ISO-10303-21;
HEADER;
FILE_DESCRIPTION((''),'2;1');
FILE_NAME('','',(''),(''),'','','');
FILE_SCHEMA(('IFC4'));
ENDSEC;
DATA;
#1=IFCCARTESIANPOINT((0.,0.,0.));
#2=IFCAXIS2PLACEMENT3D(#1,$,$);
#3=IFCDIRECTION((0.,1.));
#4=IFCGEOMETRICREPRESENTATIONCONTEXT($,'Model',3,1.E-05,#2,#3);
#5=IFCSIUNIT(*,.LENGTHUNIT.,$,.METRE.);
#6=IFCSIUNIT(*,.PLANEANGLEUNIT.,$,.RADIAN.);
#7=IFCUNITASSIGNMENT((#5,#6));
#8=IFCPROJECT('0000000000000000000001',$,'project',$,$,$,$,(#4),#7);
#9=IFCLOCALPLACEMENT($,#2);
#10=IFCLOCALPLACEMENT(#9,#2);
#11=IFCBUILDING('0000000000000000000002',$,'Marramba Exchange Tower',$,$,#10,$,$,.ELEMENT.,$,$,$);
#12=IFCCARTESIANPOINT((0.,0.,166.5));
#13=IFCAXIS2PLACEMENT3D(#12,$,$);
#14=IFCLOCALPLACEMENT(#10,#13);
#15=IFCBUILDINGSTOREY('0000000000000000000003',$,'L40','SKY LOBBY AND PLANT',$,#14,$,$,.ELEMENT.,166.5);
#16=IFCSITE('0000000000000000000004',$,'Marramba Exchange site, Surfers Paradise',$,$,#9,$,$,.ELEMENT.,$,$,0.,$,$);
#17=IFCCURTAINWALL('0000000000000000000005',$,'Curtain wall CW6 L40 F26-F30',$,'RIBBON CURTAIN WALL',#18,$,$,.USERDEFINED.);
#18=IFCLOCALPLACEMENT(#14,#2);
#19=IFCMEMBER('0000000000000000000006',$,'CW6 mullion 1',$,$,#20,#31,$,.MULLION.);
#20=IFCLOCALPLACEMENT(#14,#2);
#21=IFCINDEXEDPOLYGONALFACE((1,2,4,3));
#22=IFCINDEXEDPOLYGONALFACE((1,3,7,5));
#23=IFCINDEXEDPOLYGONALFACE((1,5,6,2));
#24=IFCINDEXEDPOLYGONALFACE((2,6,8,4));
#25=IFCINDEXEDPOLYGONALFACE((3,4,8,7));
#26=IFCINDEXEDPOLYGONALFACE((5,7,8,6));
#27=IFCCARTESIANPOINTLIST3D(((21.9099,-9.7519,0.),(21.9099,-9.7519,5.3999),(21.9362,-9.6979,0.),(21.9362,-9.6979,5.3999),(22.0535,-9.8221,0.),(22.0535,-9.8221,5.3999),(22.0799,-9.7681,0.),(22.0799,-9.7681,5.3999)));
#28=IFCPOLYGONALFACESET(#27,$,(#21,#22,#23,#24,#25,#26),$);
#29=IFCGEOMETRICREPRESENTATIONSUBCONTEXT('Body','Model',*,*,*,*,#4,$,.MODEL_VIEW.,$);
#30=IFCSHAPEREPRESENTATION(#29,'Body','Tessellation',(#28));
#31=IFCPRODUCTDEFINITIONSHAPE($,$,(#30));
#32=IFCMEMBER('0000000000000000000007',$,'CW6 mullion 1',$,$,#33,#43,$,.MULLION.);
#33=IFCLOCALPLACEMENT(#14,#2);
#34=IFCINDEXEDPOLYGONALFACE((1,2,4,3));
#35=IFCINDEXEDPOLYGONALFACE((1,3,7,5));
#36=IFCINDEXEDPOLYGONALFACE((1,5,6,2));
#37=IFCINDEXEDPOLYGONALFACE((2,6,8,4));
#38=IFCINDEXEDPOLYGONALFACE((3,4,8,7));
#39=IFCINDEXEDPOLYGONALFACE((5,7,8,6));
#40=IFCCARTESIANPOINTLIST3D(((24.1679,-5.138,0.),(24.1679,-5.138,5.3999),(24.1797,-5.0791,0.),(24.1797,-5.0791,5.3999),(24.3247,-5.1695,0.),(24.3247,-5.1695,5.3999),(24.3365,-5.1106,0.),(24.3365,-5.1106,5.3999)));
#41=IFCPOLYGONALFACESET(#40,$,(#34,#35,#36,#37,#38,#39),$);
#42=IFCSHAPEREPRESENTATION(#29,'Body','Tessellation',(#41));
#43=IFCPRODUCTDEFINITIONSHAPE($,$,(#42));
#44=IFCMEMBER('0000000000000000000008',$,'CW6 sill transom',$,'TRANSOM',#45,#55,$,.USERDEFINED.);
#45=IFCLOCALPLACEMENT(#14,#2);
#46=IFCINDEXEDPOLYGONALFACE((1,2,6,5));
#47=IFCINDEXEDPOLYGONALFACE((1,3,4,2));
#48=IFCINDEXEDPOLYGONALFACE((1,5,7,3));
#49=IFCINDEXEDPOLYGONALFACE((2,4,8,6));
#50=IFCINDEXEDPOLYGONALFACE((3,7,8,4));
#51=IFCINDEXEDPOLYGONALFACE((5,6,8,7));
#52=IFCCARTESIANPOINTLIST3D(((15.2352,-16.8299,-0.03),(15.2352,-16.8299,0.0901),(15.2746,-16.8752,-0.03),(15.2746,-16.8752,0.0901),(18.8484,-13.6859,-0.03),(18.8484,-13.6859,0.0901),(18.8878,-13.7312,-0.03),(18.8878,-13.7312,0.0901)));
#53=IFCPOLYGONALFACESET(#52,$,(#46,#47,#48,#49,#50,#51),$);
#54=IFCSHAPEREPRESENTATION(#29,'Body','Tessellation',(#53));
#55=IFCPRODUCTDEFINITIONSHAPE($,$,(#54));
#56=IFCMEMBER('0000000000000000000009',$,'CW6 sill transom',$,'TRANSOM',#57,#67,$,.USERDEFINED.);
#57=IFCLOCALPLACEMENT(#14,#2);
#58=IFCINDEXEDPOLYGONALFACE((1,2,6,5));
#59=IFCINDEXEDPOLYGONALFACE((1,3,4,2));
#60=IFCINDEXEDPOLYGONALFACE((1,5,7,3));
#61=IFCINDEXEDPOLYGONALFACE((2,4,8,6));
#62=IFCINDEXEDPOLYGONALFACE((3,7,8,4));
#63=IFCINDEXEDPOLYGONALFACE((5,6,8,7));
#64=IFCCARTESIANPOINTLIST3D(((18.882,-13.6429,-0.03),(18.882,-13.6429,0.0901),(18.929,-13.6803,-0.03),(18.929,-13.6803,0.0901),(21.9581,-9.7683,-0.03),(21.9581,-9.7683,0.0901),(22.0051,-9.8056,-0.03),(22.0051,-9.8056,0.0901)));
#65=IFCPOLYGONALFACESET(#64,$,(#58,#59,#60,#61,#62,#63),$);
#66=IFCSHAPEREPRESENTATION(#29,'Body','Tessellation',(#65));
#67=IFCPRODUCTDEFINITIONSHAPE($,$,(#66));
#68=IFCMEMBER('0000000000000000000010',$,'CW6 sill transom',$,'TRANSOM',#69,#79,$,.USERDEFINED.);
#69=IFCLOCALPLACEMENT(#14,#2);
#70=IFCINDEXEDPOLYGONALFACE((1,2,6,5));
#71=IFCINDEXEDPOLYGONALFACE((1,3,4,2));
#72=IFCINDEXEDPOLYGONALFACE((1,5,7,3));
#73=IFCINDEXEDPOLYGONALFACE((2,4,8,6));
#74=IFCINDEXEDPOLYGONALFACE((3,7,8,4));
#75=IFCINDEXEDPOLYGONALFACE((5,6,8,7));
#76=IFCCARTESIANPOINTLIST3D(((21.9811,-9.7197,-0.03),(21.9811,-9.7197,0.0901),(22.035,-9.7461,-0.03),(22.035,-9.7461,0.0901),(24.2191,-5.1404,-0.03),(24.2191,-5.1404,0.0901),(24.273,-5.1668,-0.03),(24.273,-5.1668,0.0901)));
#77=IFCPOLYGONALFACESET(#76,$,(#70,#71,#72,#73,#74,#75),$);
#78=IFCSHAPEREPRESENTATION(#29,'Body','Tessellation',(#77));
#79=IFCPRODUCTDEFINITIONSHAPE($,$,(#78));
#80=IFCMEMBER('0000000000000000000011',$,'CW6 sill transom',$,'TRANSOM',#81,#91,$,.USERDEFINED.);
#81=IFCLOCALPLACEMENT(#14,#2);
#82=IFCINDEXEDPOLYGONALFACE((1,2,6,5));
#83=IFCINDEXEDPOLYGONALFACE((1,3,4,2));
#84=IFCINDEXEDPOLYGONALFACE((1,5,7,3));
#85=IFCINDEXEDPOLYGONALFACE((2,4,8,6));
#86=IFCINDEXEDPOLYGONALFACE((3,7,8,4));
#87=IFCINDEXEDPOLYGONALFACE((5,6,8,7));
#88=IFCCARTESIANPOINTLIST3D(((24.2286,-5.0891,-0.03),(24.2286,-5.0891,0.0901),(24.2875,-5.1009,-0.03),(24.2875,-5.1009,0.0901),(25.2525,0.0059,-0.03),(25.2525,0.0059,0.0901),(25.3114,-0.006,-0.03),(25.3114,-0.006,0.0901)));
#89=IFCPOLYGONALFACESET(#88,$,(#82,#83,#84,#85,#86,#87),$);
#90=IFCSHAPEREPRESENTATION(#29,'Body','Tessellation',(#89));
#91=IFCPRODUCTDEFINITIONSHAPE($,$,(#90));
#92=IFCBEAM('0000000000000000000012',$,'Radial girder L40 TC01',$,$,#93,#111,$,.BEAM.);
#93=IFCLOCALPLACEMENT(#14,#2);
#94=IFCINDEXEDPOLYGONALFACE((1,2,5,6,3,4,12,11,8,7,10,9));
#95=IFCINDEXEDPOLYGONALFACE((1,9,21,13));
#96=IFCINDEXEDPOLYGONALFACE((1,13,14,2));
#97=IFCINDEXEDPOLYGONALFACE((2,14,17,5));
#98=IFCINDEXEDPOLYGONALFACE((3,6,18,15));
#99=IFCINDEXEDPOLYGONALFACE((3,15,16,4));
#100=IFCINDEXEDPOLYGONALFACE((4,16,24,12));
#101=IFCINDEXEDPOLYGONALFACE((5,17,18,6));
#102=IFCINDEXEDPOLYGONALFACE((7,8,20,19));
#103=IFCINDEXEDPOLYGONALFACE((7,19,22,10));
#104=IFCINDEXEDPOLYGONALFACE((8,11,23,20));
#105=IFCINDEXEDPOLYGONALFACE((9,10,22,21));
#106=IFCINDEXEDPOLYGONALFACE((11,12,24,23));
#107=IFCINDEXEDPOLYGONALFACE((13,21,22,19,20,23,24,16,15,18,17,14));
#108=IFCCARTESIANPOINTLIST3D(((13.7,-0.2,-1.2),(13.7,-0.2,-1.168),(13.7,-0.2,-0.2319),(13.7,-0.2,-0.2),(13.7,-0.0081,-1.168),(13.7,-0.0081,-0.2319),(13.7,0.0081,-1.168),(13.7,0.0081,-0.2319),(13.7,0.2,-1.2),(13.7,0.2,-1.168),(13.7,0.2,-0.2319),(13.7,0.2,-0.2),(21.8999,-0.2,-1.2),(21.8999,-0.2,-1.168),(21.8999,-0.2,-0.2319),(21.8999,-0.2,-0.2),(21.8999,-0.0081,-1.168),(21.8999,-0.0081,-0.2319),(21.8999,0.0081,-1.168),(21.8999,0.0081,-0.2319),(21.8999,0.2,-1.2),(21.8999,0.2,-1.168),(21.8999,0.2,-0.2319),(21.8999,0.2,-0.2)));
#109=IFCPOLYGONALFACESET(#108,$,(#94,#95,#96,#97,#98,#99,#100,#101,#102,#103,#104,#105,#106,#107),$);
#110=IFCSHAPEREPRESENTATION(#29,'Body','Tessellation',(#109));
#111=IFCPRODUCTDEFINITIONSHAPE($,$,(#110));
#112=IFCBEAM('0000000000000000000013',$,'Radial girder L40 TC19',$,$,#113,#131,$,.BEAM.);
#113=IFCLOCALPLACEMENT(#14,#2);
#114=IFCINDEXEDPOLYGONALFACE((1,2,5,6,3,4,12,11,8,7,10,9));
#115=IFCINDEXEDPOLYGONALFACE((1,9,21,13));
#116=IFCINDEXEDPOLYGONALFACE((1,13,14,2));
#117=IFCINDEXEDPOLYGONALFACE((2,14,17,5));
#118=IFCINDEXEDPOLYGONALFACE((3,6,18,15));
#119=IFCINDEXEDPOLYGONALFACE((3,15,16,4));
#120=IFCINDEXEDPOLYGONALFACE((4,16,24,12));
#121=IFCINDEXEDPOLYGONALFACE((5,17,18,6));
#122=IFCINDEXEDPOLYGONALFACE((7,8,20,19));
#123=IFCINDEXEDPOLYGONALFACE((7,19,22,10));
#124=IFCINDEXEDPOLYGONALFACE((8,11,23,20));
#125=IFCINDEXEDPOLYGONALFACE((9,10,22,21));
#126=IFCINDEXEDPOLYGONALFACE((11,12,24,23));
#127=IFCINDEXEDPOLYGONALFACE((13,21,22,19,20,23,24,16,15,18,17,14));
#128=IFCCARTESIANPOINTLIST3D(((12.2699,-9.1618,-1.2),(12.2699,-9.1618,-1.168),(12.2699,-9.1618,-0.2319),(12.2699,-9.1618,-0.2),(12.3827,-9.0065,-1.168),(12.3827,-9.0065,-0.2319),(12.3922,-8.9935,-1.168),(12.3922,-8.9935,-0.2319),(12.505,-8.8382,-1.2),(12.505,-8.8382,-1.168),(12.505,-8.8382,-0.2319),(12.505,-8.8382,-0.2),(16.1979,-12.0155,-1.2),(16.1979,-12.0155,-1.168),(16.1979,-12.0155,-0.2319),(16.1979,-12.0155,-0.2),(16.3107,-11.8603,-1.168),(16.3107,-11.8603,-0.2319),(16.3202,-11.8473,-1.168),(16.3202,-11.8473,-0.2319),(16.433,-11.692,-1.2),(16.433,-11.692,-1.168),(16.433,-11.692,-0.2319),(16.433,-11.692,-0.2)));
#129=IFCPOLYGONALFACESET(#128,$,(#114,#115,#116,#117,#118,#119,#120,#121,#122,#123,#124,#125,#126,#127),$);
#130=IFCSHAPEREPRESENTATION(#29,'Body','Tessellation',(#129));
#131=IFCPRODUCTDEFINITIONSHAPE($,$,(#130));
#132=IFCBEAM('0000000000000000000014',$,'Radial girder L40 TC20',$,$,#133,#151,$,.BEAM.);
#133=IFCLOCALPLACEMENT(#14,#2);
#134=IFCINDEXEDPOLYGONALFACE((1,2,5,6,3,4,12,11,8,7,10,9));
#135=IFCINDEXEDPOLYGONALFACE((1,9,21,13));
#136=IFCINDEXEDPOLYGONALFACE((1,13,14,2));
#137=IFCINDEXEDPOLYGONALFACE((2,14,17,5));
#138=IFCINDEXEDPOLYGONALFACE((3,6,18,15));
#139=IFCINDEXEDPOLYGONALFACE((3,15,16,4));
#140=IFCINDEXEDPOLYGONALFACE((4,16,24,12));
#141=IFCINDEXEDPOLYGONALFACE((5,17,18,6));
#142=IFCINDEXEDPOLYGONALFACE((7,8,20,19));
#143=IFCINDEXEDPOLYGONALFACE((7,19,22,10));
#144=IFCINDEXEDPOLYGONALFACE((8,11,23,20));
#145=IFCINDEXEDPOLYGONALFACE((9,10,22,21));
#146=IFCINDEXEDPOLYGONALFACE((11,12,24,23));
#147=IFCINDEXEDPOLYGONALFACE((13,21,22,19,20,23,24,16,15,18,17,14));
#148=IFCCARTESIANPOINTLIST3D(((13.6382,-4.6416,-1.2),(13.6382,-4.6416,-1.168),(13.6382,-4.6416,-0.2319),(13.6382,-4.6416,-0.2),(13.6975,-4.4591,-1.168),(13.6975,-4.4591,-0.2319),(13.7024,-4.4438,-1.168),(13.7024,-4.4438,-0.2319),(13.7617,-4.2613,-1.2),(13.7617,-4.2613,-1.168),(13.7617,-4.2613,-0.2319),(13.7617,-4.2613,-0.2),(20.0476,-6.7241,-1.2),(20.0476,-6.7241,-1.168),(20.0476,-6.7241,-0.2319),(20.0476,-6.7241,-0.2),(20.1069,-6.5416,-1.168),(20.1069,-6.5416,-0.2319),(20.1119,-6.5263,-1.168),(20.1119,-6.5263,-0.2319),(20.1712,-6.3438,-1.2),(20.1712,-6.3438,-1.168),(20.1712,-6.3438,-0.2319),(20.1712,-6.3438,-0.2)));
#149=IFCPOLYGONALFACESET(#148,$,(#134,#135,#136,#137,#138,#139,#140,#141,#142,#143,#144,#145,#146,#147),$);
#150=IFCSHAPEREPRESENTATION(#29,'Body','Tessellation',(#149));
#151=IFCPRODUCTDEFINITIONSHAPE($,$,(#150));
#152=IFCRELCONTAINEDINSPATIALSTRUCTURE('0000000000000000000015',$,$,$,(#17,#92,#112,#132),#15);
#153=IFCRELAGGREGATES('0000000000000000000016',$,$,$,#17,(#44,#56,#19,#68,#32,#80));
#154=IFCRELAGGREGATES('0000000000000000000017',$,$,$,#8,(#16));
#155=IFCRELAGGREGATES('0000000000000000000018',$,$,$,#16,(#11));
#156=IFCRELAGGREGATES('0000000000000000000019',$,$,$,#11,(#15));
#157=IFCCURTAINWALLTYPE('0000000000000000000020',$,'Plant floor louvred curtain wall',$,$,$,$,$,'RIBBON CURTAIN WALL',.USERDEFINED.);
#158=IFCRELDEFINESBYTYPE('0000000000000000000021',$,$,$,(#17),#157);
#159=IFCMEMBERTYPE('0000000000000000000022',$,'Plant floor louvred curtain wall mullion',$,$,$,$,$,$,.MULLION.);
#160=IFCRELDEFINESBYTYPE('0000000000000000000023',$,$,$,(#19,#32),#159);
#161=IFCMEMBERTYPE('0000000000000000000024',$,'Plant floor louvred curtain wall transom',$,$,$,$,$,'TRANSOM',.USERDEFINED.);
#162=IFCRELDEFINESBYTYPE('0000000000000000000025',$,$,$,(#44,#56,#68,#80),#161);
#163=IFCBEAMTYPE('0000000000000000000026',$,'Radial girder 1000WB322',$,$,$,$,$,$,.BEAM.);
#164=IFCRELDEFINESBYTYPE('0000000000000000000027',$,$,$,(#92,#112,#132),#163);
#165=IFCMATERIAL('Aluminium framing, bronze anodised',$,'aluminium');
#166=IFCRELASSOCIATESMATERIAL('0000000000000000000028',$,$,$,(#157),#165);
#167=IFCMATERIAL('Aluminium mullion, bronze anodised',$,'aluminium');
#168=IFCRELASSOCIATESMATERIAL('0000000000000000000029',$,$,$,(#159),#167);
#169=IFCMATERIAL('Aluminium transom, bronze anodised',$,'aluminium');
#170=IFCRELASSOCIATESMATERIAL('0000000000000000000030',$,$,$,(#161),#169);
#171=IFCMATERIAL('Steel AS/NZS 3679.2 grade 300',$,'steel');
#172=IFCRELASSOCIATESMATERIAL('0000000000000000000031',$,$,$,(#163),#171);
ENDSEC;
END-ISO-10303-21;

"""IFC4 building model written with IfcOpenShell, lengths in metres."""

from ifc_helpers import new_model, si_unit, direction, frame, origin, origin_2d, place, context, subcontext, project, spatial, rectangle, i_section, extrude, material, material_profile, profile_set, type_object, element, aggregate, save


model = new_model("IFC4")

# Units and contexts
model_context = context("Model", 3, precision=1e-05, world=origin(), true_north=direction((0.0, 1.0)))
body_context = subcontext(model_context, "Body", "Model", "MODEL_VIEW")
ifc_project = project(units=[si_unit("LENGTHUNIT", "METRE"), si_unit("PLANEANGLEUNIT", "RADIAN")], contexts=[model_context])

# Site, building, storey
site_placement = place(None, origin())
site = spatial("IfcSite", under=ifc_project, at=site_placement, Name="Marramba Exchange site, Surfers Paradise", CompositionType="ELEMENT", RefElevation=0.0)
building_placement = place(site_placement, origin())
building = spatial("IfcBuilding", under=site, at=building_placement, Name="Marramba Exchange Tower", CompositionType="ELEMENT")
storey_placement = place(building_placement, frame((0.0, 0.0, 166.5)))
storey = spatial("IfcBuildingStorey", under=building, at=storey_placement, Name="L40", Description="SKY LOBBY AND PLANT", CompositionType="ELEMENT", Elevation=166.5)

# Shared definitions
ifc_material_1 = material(Name="Steel AS/NZS 3679.2 grade 300", Category="steel")

# Curtain wall, members
ifc_material_2 = material(Name="Aluminium framing, bronze anodised", Category="aluminium")
curtain_wall_type = type_object("IfcCurtainWallType", Name="Plant floor louvred curtain wall", ElementType="RIBBON CURTAIN WALL", PredefinedType="USERDEFINED", material=ifc_material_2)
curtain_wall_placement = place(storey_placement, origin())
curtain_wall = element("IfcCurtainWall", 1, at=curtain_wall_placement, inside=storey, type_object=curtain_wall_type, Name="Curtain wall CW6 L40 F26-F30", ObjectType="RIBBON CURTAIN WALL", PredefinedType="USERDEFINED")
ifc_material_3 = material(Name="Aluminium mullion, bronze anodised", Category="aluminium")
ifc_material_profile_1 = material_profile(ifc_material_3, rectangle(XDim=0.1599, YDim=0.0601, at=origin_2d()), Name="CW6 mullion 60x160")
ifc_profile_set_1 = profile_set([ifc_material_profile_1], Name="Aluminium mullion, bronze anodised")
member_type_1 = type_object("IfcMemberType", Name="Plant floor louvred curtain wall mullion", PredefinedType="MULLION", material=ifc_profile_set_1)
member_1_placement = place(storey_placement, frame((21.9949, -9.76, 0.0), z_axis=(0.0, 0.0, 1.0), x_axis=(-0.898445, 0.439086, 0.0)))
member_1 = element("IfcMember", 2, at=member_1_placement, type_object=member_type_1, Name="CW6 mullion 1", PredefinedType="MULLION", context=body_context, shape_type="SweptSolid", body=[
    extrude(rectangle(XDim=0.1599, YDim=0.0601, at=origin_2d()), origin(), (0.0, 0.0, 1.0), 5.3999),
])
member_2_placement = place(storey_placement, frame((24.2522, -5.1243, 0.0), z_axis=(0.0, 0.0, 1.0), x_axis=(-0.980394, 0.197049, 0.0)))
member_2 = element("IfcMember", 3, at=member_2_placement, type_object=member_type_1, Name="CW6 mullion 1", PredefinedType="MULLION", context=body_context, shape_type="SweptSolid", body=[
    extrude(rectangle(XDim=0.1599, YDim=0.0601, at=origin_2d()), origin(), (0.0, 0.0, 1.0), 5.3999),
])
ifc_material_4 = material(Name="Aluminium transom, bronze anodised", Category="aluminium")
ifc_material_profile_2 = material_profile(ifc_material_4, rectangle(XDim=0.0601, YDim=0.1201, at=origin_2d()), Name="CW6 transom 60x120")
ifc_profile_set_2 = profile_set([ifc_material_profile_2], Name="Aluminium transom, bronze anodised")
member_type_2 = type_object("IfcMemberType", Name="Plant floor louvred curtain wall transom", ElementType="TRANSOM", PredefinedType="USERDEFINED", material=ifc_profile_set_2)
member_3_placement = place(storey_placement, frame((15.2549, -16.8525, 0.03), z_axis=(0.754393, 0.656424, 0.0), x_axis=(-0.656424, 0.754393, 0.0)))
member_3 = element("IfcMember", 4, at=member_3_placement, type_object=member_type_2, Name="CW6 sill transom", ObjectType="TRANSOM", PredefinedType="USERDEFINED", context=body_context, shape_type="SweptSolid", body=[
    extrude(rectangle(XDim=0.0601, YDim=0.1201, at=origin_2d()), origin(), (0.0, 0.0, 1.0), 4.7896),
])
member_4_placement = place(storey_placement, frame((18.9055, -13.6616, 0.03), z_axis=(0.621778, 0.783194, 0.0), x_axis=(-0.783194, 0.621778, 0.0)))
member_4 = element("IfcMember", 5, at=member_4_placement, type_object=member_type_2, Name="CW6 sill transom", ObjectType="TRANSOM", PredefinedType="USERDEFINED", context=body_context, shape_type="SweptSolid", body=[
    extrude(rectangle(XDim=0.0601, YDim=0.1201, at=origin_2d()), origin(), (0.0, 0.0, 1.0), 4.9473),
])
member_5_placement = place(storey_placement, frame((22.0081, -9.7329, 0.03), z_axis=(0.439091, 0.898443, 0.0), x_axis=(-0.898443, 0.439091, 0.0)))
member_5 = element("IfcMember", 6, at=member_5_placement, type_object=member_type_2, Name="CW6 sill transom", ObjectType="TRANSOM", PredefinedType="USERDEFINED", context=body_context, shape_type="SweptSolid", body=[
    extrude(rectangle(XDim=0.0601, YDim=0.1201, at=origin_2d()), origin(), (0.0, 0.0, 1.0), 5.0969),
])
member_6_placement = place(storey_placement, frame((24.2581, -5.095, 0.03), z_axis=(0.197029, 0.980398, 0.0), x_axis=(-0.980398, 0.197029, 0.0)))
member_6 = element("IfcMember", 7, at=member_6_placement, type_object=member_type_2, Name="CW6 sill transom", ObjectType="TRANSOM", PredefinedType="USERDEFINED", context=body_context, shape_type="SweptSolid", body=[
    extrude(rectangle(XDim=0.0601, YDim=0.1201, at=origin_2d()), origin(), (0.0, 0.0, 1.0), 5.1968),
])

# Beams
ifc_material_profile_3 = material_profile(ifc_material_1, i_section(OverallWidth=0.3999, OverallDepth=1.0, WebThickness=0.0161, FlangeThickness=0.032, at=origin_2d()), Name="1000WB322")
ifc_profile_set_3 = profile_set([ifc_material_profile_3], Name="Steel AS/NZS 3679.2 grade 300")
beam_type_1 = type_object("IfcBeamType", Name="Radial girder 1000WB322", PredefinedType="BEAM", material=ifc_profile_set_3)
beam_1_placement = place(storey_placement, frame((13.7, 0.0, -0.7), z_axis=(1.0, 0.0, 0.0), x_axis=(0.0, 1.0, 0.0)))
element("IfcBeam", 8, at=beam_1_placement, inside=storey, type_object=beam_type_1, Name="Radial girder L40 TC01", PredefinedType="BEAM", context=body_context, shape_type="SweptSolid", body=[
    extrude(i_section(OverallWidth=0.3999, OverallDepth=1.0, WebThickness=0.0161, FlangeThickness=0.032, at=origin_2d()), origin(), (0.0, 0.0, 1.0), 8.2),
])
beam_2_placement = place(storey_placement, frame((12.3875, -9.0, -0.7), z_axis=(0.809025, -0.587774, 0.0), x_axis=(0.587774, 0.809025, 0.0)))
element("IfcBeam", 9, at=beam_2_placement, inside=storey, type_object=beam_type_1, Name="Radial girder L40 TC19", PredefinedType="BEAM", context=body_context, shape_type="SweptSolid", body=[
    extrude(i_section(OverallWidth=0.3999, OverallDepth=1.0, WebThickness=0.0161, FlangeThickness=0.032, at=origin_2d()), origin(), (0.0, 0.0, 1.0), 4.8552),
])
beam_3_placement = place(storey_placement, frame((13.7, -4.4514, -0.7), z_axis=(0.951058, -0.309013, 0.0), x_axis=(0.309013, 0.951058, 0.0)))
element("IfcBeam", 10, at=beam_3_placement, inside=storey, type_object=beam_type_1, Name="Radial girder L40 TC20", PredefinedType="BEAM", context=body_context, shape_type="SweptSolid", body=[
    extrude(i_section(OverallWidth=0.3999, OverallDepth=1.0, WebThickness=0.0161, FlangeThickness=0.032, at=origin_2d()), origin(), (0.0, 0.0, 1.0), 6.7393),
])

aggregate(curtain_wall, [member_3, member_4, member_1, member_5, member_2, member_6])

save(model, "model.ifc")
